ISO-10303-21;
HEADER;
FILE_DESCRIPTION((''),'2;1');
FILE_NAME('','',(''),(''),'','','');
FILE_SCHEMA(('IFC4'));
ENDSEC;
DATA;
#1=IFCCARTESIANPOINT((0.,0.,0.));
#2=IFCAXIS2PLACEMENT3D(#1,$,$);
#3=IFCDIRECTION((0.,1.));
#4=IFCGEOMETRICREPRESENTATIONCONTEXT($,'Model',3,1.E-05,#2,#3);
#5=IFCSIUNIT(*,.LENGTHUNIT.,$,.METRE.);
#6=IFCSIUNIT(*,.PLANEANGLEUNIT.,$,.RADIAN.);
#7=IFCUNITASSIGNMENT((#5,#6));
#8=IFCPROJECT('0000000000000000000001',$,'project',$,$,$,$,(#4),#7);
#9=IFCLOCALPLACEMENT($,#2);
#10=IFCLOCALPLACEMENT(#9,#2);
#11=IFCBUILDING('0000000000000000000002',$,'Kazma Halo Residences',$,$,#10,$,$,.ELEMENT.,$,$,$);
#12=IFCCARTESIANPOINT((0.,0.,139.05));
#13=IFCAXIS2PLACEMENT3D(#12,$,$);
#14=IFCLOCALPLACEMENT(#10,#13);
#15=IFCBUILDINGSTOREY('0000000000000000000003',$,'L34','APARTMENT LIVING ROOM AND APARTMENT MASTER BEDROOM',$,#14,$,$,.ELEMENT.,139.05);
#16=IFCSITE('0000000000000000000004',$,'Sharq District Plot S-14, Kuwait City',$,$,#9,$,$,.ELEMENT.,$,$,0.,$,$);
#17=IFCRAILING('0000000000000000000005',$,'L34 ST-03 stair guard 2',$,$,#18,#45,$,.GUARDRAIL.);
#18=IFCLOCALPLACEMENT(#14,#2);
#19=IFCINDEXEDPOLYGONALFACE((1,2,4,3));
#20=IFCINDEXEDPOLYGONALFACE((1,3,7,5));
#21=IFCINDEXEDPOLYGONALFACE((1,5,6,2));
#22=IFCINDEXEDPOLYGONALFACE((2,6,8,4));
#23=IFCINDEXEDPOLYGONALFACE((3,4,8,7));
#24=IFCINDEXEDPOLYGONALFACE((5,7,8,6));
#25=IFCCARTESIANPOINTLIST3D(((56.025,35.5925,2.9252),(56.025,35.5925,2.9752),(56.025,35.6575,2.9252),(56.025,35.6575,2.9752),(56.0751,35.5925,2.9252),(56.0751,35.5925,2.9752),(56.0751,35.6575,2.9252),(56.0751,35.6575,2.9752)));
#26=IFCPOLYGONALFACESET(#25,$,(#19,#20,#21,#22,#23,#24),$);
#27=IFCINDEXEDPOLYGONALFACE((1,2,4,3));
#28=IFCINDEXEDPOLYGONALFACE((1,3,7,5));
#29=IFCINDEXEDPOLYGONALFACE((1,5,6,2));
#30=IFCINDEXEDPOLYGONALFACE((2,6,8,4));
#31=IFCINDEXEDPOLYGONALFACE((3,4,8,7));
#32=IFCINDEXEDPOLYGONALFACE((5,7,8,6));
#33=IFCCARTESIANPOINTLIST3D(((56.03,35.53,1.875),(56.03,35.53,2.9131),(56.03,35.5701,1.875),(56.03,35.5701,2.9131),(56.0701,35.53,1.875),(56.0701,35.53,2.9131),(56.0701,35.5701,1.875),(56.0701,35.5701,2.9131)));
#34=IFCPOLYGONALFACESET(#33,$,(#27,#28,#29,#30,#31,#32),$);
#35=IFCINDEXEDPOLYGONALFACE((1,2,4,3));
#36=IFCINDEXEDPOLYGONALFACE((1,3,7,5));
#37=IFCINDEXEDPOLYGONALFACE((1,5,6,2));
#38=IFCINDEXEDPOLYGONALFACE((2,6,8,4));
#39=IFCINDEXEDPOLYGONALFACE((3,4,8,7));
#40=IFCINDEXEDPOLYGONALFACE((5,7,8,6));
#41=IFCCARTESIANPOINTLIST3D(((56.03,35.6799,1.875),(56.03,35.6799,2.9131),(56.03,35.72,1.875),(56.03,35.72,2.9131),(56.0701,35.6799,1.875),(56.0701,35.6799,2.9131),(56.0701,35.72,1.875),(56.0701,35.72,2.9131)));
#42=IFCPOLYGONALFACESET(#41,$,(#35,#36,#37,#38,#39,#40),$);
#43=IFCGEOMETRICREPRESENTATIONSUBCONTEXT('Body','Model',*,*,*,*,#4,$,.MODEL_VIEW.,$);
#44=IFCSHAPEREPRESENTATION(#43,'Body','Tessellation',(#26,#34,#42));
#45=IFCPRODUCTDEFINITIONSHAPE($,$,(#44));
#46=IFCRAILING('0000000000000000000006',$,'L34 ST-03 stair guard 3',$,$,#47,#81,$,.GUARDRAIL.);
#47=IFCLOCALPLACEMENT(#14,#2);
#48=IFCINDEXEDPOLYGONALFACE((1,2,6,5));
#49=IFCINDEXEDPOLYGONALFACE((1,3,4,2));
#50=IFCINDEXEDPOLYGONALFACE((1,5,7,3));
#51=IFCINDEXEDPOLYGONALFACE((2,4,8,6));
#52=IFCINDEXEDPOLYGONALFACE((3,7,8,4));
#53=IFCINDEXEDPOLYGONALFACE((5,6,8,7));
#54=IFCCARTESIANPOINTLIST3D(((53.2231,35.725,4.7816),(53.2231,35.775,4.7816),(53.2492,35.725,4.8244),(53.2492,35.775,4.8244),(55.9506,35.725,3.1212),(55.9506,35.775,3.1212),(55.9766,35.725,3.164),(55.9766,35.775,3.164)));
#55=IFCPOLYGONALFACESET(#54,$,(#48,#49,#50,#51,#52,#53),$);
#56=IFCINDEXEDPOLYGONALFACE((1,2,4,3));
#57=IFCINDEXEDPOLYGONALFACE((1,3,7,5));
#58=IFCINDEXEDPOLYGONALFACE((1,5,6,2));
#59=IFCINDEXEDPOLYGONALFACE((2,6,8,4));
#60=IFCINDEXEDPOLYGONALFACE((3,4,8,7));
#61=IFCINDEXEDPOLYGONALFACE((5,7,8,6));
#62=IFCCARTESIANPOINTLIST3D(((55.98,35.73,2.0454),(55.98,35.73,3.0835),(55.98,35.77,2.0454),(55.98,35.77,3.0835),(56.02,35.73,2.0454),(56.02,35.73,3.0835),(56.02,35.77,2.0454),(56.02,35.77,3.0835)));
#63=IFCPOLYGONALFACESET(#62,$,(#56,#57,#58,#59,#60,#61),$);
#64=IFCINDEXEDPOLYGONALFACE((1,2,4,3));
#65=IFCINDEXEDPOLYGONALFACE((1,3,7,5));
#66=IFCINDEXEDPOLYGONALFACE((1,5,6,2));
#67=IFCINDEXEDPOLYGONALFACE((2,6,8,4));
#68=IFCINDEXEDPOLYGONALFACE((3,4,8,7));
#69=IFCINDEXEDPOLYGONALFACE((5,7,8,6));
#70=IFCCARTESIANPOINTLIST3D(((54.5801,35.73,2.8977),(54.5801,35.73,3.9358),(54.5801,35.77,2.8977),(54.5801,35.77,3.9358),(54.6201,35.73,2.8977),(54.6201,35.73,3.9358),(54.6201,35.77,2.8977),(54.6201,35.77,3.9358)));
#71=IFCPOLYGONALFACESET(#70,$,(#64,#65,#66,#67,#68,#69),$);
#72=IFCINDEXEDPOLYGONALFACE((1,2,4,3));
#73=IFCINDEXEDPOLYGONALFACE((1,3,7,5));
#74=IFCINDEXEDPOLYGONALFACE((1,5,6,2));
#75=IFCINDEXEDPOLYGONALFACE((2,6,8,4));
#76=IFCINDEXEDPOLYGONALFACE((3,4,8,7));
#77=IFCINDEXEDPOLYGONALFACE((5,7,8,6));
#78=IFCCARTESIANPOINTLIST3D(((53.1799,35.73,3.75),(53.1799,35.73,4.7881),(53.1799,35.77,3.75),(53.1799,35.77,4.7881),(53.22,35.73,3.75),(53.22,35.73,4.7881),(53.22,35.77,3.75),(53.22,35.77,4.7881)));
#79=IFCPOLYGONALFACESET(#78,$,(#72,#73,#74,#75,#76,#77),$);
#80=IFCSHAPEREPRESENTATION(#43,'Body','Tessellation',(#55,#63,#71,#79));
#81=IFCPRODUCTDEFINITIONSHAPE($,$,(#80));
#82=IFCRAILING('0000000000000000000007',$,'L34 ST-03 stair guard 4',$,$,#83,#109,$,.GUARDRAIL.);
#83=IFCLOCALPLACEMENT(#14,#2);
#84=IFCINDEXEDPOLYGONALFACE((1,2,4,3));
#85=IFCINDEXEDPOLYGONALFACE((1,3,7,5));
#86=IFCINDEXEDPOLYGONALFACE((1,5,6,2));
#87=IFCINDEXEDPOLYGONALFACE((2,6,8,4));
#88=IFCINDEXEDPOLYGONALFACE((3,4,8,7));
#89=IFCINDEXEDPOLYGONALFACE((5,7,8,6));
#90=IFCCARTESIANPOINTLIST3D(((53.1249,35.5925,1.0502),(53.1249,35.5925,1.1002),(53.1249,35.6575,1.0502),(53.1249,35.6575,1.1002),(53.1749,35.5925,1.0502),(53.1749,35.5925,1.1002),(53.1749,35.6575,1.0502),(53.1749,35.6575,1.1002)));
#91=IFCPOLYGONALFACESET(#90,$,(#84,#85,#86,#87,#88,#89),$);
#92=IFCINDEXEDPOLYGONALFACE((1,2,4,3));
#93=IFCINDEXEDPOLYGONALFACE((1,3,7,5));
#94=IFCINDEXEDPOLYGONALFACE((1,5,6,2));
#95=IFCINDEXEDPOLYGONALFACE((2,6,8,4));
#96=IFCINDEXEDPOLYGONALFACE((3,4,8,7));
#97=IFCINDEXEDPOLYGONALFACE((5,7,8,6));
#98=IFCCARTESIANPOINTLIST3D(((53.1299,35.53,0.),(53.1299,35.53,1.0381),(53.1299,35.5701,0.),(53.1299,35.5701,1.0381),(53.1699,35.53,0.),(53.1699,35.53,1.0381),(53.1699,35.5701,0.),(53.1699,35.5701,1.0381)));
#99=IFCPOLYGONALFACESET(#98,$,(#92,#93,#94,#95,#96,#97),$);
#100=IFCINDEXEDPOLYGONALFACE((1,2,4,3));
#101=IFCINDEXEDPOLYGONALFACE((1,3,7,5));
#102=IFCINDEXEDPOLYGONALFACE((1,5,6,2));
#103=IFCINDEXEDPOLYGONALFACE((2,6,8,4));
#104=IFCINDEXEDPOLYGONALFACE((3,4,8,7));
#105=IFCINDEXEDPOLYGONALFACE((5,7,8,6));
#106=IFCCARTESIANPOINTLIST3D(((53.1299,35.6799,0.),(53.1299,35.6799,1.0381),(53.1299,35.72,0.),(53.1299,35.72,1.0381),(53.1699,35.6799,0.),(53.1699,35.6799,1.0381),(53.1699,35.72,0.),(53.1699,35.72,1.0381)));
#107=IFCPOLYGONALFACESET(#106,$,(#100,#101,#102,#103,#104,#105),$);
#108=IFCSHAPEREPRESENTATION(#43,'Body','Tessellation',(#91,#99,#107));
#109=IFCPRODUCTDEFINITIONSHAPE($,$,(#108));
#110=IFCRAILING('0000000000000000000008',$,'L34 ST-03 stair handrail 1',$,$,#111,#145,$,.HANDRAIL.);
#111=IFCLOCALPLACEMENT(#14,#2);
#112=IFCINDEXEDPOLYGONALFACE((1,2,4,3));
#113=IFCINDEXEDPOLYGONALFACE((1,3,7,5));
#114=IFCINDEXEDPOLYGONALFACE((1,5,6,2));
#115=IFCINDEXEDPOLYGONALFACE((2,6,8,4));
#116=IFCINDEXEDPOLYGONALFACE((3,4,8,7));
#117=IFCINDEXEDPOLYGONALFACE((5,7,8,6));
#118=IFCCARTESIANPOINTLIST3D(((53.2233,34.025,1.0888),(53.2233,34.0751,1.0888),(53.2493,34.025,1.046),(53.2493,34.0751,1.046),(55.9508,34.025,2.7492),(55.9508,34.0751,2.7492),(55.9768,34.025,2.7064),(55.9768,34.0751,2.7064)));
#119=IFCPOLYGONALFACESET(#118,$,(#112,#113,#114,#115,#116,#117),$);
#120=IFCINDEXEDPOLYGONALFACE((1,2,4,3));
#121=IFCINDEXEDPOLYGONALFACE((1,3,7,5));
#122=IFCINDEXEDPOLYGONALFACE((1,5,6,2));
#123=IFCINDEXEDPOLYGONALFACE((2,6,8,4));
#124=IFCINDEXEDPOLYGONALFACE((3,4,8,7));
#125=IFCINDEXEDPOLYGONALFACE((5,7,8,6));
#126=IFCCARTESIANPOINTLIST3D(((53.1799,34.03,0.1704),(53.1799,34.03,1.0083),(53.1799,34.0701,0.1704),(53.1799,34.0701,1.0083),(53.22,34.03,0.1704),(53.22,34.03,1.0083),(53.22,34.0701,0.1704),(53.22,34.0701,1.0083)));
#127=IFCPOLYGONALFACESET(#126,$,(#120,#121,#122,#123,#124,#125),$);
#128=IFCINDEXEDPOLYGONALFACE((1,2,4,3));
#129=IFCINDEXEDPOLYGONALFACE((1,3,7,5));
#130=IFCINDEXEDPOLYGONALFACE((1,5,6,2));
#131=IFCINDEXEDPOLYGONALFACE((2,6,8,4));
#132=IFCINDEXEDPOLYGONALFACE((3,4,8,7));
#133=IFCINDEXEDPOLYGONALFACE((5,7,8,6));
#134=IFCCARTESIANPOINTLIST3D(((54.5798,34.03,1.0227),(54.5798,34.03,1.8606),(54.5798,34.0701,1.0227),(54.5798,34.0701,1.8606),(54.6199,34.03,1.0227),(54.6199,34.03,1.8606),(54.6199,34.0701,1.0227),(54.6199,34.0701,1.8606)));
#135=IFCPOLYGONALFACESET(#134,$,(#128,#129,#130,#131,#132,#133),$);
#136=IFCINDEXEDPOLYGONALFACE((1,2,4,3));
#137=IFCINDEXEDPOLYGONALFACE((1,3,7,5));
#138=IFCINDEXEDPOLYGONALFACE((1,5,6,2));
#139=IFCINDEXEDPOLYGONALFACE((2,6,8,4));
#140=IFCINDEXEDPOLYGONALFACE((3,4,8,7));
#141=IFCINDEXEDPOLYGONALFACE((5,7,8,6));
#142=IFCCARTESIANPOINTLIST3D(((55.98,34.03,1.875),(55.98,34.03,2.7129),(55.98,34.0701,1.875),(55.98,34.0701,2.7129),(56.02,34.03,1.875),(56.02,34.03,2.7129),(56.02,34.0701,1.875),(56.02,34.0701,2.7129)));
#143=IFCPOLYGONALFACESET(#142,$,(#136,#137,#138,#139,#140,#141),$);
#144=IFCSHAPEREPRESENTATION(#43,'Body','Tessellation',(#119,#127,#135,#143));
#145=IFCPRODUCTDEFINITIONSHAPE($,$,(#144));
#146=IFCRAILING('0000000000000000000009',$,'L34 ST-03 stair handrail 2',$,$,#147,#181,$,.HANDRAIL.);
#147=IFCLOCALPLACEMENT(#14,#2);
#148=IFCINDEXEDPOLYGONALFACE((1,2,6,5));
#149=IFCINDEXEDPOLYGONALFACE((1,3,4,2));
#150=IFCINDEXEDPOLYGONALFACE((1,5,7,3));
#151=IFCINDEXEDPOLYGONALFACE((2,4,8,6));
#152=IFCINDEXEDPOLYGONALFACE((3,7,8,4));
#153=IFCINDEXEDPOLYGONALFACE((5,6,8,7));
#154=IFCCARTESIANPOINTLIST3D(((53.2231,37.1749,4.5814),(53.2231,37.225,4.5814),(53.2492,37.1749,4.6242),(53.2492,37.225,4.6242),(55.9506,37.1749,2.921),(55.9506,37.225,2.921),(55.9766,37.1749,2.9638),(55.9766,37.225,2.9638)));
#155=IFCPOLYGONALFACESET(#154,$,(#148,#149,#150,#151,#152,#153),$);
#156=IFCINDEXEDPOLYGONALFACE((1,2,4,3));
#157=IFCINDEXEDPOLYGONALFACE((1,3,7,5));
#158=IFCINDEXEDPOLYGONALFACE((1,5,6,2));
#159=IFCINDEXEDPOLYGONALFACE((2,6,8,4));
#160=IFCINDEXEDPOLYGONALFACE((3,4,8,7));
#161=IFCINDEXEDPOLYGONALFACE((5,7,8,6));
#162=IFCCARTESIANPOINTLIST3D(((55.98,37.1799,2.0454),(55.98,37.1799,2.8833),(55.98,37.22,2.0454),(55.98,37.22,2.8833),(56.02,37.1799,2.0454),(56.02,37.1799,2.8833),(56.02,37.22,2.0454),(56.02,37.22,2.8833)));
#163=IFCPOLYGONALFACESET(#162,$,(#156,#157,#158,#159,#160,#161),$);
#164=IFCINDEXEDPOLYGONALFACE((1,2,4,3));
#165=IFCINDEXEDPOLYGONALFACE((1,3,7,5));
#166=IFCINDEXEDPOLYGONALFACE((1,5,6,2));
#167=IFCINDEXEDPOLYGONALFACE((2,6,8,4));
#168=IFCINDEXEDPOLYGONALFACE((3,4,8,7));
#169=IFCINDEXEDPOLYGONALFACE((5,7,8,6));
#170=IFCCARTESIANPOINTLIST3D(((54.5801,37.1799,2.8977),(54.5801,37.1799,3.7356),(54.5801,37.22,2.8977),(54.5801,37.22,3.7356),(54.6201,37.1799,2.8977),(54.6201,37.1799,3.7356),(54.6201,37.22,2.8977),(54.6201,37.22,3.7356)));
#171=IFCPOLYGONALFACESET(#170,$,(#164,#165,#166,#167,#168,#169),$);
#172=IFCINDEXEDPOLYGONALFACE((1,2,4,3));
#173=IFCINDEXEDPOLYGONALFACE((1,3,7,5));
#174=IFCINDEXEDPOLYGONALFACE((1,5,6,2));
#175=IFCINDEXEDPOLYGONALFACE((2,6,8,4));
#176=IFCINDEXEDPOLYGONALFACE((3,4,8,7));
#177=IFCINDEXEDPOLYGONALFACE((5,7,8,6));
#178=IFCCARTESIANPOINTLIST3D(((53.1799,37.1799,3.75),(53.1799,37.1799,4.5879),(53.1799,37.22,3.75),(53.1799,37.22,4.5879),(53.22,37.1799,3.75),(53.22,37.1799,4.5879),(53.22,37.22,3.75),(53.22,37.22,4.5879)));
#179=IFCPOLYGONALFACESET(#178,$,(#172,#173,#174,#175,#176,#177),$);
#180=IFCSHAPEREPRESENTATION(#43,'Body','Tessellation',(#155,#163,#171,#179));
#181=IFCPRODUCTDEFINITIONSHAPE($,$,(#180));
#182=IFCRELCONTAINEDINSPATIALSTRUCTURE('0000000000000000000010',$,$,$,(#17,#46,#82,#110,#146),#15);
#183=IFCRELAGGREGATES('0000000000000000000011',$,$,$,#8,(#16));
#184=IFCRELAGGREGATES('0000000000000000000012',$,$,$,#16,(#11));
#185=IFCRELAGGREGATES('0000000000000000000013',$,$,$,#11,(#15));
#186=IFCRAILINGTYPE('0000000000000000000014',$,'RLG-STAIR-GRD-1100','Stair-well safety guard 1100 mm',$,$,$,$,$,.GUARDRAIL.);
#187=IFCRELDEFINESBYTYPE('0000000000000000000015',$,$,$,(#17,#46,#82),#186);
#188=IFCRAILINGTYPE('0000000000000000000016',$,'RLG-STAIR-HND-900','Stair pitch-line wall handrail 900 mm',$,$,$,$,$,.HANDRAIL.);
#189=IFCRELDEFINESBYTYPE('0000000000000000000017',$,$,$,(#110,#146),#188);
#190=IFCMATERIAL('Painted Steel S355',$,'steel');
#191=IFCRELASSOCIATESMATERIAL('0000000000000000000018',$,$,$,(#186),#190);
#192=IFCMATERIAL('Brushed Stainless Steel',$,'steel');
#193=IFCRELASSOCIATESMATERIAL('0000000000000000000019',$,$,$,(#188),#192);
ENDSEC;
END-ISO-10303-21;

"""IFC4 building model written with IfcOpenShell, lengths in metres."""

from ifc_helpers import new_model, si_unit, direction, frame, origin, origin_2d, place, context, subcontext, project, spatial, rectangle, extrude, material, type_object, element, save


model = new_model("IFC4")

# Units and contexts
model_context = context("Model", 3, precision=1e-05, world=origin(), true_north=direction((0.0, 1.0)))
body_context = subcontext(model_context, "Body", "Model", "MODEL_VIEW")
ifc_project = project(units=[si_unit("LENGTHUNIT", "METRE"), si_unit("PLANEANGLEUNIT", "RADIAN")], contexts=[model_context])

# Site, building, storey
site_placement = place(None, origin())
site = spatial("IfcSite", under=ifc_project, at=site_placement, Name="Sharq District Plot S-14, Kuwait City", CompositionType="ELEMENT", RefElevation=0.0)
building_placement = place(site_placement, origin())
building = spatial("IfcBuilding", under=site, at=building_placement, Name="Kazma Halo Residences", CompositionType="ELEMENT")
storey_placement = place(building_placement, frame((0.0, 0.0, 139.05)))
storey = spatial("IfcBuildingStorey", under=building, at=storey_placement, Name="L34", Description="APARTMENT LIVING ROOM AND APARTMENT MASTER BEDROOM", CompositionType="ELEMENT", Elevation=139.05)

# Railings
ifc_material_1 = material(Name="Painted Steel S355", Category="steel")
railing_type_1 = type_object("IfcRailingType", Name="RLG-STAIR-GRD-1100", Description="Stair-well safety guard 1100 mm", PredefinedType="GUARDRAIL", material=ifc_material_1)
railing_1_placement = place(storey_placement, frame((56.05, 35.55, 1.875)))
element("IfcRailing", 1, at=railing_1_placement, inside=storey, type_object=railing_type_1, Name="L34 ST-03 stair guard 2", PredefinedType="GUARDRAIL", context=body_context, shape_type="SweptSolid", body=[
    extrude(rectangle(XDim=0.05, YDim=0.05, at=origin_2d()), frame((0.0, 0.0425, 1.0752), z_axis=(0.0, 1.0, 0.0), x_axis=(-1.0, 0.0, 0.0)), (0.0, 0.0, 1.0), 0.0649),
    extrude(rectangle(XDim=0.04, YDim=0.04, at=origin_2d()), origin(), (0.0, 0.0, 1.0), 1.0381),
    extrude(rectangle(XDim=0.04, YDim=0.04, at=origin_2d()), frame((0.0, 0.1499, 0.0)), (0.0, 0.0, 1.0), 1.0381),
])
railing_2_placement = place(storey_placement, frame((56.0, 35.75, 2.0454)))
element("IfcRailing", 2, at=railing_2_placement, inside=storey, type_object=railing_type_1, Name="L34 ST-03 stair guard 3", PredefinedType="GUARDRAIL", context=body_context, shape_type="SweptSolid", body=[
    extrude(rectangle(XDim=0.05, YDim=0.05, at=origin_2d()), frame((-0.0364, 0.0, 1.0972), z_axis=(-0.85417, 0.0, 0.519994), x_axis=(0.0, -1.0, 0.0)), (0.0, 0.0, 1.0), 3.1931),
    extrude(rectangle(XDim=0.04, YDim=0.04, at=origin_2d()), origin(), (0.0, 0.0, 1.0), 1.0381),
    extrude(rectangle(XDim=0.04, YDim=0.04, at=origin_2d()), frame((-1.3999, 0.0, 0.8523)), (0.0, 0.0, 1.0), 1.0381),
    extrude(rectangle(XDim=0.04, YDim=0.04, at=origin_2d()), frame((-2.8, 0.0, 1.7046)), (0.0, 0.0, 1.0), 1.0381),
])
railing_3_placement = place(storey_placement, frame((53.1499, 35.55, 0.0)))
element("IfcRailing", 3, at=railing_3_placement, inside=storey, type_object=railing_type_1, Name="L34 ST-03 stair guard 4", PredefinedType="GUARDRAIL", context=body_context, shape_type="SweptSolid", body=[
    extrude(rectangle(XDim=0.05, YDim=0.05, at=origin_2d()), frame((0.0, 0.0425, 1.0752), z_axis=(0.0, 1.0, 0.0), x_axis=(-1.0, 0.0, 0.0)), (0.0, 0.0, 1.0), 0.0649),
    extrude(rectangle(XDim=0.04, YDim=0.04, at=origin_2d()), origin(), (0.0, 0.0, 1.0), 1.0381),
    extrude(rectangle(XDim=0.04, YDim=0.04, at=origin_2d()), frame((0.0, 0.1499, 0.0)), (0.0, 0.0, 1.0), 1.0381),
])
ifc_material_2 = material(Name="Brushed Stainless Steel", Category="steel")
railing_type_2 = type_object("IfcRailingType", Name="RLG-STAIR-HND-900", Description="Stair pitch-line wall handrail 900 mm", PredefinedType="HANDRAIL", material=ifc_material_2)
railing_4_placement = place(storey_placement, frame((53.2, 34.05, 0.1704)))
element("IfcRailing", 4, at=railing_4_placement, inside=storey, type_object=railing_type_2, Name="L34 ST-03 stair handrail 1", PredefinedType="HANDRAIL", context=body_context, shape_type="SweptSolid", body=[
    extrude(rectangle(XDim=0.05, YDim=0.05, at=origin_2d()), frame((0.0364, 0.0, 0.897), z_axis=(0.85417, 0.0, 0.519994), x_axis=(0.0, 1.0, 0.0)), (0.0, 0.0, 1.0), 3.1931),
    extrude(rectangle(XDim=0.04, YDim=0.04, at=origin_2d()), origin(), (0.0, 0.0, 1.0), 0.8379),
    extrude(rectangle(XDim=0.04, YDim=0.04, at=origin_2d()), frame((1.3999, 0.0, 0.8523)), (0.0, 0.0, 1.0), 0.8379),
    extrude(rectangle(XDim=0.04, YDim=0.04, at=origin_2d()), frame((2.8, 0.0, 1.7046)), (0.0, 0.0, 1.0), 0.8379),
])
railing_5_placement = place(storey_placement, frame((56.0, 37.2, 2.0454)))
element("IfcRailing", 5, at=railing_5_placement, inside=storey, type_object=railing_type_2, Name="L34 ST-03 stair handrail 2", PredefinedType="HANDRAIL", context=body_context, shape_type="SweptSolid", body=[
    extrude(rectangle(XDim=0.05, YDim=0.05, at=origin_2d()), frame((-0.0364, 0.0, 0.897), z_axis=(-0.85417, 0.0, 0.519994), x_axis=(0.0, -1.0, 0.0)), (0.0, 0.0, 1.0), 3.1931),
    extrude(rectangle(XDim=0.04, YDim=0.04, at=origin_2d()), origin(), (0.0, 0.0, 1.0), 0.8379),
    extrude(rectangle(XDim=0.04, YDim=0.04, at=origin_2d()), frame((-1.3999, 0.0, 0.8523)), (0.0, 0.0, 1.0), 0.8379),
    extrude(rectangle(XDim=0.04, YDim=0.04, at=origin_2d()), frame((-2.8, 0.0, 1.7046)), (0.0, 0.0, 1.0), 0.8379),
])

save(model, "model.ifc")
